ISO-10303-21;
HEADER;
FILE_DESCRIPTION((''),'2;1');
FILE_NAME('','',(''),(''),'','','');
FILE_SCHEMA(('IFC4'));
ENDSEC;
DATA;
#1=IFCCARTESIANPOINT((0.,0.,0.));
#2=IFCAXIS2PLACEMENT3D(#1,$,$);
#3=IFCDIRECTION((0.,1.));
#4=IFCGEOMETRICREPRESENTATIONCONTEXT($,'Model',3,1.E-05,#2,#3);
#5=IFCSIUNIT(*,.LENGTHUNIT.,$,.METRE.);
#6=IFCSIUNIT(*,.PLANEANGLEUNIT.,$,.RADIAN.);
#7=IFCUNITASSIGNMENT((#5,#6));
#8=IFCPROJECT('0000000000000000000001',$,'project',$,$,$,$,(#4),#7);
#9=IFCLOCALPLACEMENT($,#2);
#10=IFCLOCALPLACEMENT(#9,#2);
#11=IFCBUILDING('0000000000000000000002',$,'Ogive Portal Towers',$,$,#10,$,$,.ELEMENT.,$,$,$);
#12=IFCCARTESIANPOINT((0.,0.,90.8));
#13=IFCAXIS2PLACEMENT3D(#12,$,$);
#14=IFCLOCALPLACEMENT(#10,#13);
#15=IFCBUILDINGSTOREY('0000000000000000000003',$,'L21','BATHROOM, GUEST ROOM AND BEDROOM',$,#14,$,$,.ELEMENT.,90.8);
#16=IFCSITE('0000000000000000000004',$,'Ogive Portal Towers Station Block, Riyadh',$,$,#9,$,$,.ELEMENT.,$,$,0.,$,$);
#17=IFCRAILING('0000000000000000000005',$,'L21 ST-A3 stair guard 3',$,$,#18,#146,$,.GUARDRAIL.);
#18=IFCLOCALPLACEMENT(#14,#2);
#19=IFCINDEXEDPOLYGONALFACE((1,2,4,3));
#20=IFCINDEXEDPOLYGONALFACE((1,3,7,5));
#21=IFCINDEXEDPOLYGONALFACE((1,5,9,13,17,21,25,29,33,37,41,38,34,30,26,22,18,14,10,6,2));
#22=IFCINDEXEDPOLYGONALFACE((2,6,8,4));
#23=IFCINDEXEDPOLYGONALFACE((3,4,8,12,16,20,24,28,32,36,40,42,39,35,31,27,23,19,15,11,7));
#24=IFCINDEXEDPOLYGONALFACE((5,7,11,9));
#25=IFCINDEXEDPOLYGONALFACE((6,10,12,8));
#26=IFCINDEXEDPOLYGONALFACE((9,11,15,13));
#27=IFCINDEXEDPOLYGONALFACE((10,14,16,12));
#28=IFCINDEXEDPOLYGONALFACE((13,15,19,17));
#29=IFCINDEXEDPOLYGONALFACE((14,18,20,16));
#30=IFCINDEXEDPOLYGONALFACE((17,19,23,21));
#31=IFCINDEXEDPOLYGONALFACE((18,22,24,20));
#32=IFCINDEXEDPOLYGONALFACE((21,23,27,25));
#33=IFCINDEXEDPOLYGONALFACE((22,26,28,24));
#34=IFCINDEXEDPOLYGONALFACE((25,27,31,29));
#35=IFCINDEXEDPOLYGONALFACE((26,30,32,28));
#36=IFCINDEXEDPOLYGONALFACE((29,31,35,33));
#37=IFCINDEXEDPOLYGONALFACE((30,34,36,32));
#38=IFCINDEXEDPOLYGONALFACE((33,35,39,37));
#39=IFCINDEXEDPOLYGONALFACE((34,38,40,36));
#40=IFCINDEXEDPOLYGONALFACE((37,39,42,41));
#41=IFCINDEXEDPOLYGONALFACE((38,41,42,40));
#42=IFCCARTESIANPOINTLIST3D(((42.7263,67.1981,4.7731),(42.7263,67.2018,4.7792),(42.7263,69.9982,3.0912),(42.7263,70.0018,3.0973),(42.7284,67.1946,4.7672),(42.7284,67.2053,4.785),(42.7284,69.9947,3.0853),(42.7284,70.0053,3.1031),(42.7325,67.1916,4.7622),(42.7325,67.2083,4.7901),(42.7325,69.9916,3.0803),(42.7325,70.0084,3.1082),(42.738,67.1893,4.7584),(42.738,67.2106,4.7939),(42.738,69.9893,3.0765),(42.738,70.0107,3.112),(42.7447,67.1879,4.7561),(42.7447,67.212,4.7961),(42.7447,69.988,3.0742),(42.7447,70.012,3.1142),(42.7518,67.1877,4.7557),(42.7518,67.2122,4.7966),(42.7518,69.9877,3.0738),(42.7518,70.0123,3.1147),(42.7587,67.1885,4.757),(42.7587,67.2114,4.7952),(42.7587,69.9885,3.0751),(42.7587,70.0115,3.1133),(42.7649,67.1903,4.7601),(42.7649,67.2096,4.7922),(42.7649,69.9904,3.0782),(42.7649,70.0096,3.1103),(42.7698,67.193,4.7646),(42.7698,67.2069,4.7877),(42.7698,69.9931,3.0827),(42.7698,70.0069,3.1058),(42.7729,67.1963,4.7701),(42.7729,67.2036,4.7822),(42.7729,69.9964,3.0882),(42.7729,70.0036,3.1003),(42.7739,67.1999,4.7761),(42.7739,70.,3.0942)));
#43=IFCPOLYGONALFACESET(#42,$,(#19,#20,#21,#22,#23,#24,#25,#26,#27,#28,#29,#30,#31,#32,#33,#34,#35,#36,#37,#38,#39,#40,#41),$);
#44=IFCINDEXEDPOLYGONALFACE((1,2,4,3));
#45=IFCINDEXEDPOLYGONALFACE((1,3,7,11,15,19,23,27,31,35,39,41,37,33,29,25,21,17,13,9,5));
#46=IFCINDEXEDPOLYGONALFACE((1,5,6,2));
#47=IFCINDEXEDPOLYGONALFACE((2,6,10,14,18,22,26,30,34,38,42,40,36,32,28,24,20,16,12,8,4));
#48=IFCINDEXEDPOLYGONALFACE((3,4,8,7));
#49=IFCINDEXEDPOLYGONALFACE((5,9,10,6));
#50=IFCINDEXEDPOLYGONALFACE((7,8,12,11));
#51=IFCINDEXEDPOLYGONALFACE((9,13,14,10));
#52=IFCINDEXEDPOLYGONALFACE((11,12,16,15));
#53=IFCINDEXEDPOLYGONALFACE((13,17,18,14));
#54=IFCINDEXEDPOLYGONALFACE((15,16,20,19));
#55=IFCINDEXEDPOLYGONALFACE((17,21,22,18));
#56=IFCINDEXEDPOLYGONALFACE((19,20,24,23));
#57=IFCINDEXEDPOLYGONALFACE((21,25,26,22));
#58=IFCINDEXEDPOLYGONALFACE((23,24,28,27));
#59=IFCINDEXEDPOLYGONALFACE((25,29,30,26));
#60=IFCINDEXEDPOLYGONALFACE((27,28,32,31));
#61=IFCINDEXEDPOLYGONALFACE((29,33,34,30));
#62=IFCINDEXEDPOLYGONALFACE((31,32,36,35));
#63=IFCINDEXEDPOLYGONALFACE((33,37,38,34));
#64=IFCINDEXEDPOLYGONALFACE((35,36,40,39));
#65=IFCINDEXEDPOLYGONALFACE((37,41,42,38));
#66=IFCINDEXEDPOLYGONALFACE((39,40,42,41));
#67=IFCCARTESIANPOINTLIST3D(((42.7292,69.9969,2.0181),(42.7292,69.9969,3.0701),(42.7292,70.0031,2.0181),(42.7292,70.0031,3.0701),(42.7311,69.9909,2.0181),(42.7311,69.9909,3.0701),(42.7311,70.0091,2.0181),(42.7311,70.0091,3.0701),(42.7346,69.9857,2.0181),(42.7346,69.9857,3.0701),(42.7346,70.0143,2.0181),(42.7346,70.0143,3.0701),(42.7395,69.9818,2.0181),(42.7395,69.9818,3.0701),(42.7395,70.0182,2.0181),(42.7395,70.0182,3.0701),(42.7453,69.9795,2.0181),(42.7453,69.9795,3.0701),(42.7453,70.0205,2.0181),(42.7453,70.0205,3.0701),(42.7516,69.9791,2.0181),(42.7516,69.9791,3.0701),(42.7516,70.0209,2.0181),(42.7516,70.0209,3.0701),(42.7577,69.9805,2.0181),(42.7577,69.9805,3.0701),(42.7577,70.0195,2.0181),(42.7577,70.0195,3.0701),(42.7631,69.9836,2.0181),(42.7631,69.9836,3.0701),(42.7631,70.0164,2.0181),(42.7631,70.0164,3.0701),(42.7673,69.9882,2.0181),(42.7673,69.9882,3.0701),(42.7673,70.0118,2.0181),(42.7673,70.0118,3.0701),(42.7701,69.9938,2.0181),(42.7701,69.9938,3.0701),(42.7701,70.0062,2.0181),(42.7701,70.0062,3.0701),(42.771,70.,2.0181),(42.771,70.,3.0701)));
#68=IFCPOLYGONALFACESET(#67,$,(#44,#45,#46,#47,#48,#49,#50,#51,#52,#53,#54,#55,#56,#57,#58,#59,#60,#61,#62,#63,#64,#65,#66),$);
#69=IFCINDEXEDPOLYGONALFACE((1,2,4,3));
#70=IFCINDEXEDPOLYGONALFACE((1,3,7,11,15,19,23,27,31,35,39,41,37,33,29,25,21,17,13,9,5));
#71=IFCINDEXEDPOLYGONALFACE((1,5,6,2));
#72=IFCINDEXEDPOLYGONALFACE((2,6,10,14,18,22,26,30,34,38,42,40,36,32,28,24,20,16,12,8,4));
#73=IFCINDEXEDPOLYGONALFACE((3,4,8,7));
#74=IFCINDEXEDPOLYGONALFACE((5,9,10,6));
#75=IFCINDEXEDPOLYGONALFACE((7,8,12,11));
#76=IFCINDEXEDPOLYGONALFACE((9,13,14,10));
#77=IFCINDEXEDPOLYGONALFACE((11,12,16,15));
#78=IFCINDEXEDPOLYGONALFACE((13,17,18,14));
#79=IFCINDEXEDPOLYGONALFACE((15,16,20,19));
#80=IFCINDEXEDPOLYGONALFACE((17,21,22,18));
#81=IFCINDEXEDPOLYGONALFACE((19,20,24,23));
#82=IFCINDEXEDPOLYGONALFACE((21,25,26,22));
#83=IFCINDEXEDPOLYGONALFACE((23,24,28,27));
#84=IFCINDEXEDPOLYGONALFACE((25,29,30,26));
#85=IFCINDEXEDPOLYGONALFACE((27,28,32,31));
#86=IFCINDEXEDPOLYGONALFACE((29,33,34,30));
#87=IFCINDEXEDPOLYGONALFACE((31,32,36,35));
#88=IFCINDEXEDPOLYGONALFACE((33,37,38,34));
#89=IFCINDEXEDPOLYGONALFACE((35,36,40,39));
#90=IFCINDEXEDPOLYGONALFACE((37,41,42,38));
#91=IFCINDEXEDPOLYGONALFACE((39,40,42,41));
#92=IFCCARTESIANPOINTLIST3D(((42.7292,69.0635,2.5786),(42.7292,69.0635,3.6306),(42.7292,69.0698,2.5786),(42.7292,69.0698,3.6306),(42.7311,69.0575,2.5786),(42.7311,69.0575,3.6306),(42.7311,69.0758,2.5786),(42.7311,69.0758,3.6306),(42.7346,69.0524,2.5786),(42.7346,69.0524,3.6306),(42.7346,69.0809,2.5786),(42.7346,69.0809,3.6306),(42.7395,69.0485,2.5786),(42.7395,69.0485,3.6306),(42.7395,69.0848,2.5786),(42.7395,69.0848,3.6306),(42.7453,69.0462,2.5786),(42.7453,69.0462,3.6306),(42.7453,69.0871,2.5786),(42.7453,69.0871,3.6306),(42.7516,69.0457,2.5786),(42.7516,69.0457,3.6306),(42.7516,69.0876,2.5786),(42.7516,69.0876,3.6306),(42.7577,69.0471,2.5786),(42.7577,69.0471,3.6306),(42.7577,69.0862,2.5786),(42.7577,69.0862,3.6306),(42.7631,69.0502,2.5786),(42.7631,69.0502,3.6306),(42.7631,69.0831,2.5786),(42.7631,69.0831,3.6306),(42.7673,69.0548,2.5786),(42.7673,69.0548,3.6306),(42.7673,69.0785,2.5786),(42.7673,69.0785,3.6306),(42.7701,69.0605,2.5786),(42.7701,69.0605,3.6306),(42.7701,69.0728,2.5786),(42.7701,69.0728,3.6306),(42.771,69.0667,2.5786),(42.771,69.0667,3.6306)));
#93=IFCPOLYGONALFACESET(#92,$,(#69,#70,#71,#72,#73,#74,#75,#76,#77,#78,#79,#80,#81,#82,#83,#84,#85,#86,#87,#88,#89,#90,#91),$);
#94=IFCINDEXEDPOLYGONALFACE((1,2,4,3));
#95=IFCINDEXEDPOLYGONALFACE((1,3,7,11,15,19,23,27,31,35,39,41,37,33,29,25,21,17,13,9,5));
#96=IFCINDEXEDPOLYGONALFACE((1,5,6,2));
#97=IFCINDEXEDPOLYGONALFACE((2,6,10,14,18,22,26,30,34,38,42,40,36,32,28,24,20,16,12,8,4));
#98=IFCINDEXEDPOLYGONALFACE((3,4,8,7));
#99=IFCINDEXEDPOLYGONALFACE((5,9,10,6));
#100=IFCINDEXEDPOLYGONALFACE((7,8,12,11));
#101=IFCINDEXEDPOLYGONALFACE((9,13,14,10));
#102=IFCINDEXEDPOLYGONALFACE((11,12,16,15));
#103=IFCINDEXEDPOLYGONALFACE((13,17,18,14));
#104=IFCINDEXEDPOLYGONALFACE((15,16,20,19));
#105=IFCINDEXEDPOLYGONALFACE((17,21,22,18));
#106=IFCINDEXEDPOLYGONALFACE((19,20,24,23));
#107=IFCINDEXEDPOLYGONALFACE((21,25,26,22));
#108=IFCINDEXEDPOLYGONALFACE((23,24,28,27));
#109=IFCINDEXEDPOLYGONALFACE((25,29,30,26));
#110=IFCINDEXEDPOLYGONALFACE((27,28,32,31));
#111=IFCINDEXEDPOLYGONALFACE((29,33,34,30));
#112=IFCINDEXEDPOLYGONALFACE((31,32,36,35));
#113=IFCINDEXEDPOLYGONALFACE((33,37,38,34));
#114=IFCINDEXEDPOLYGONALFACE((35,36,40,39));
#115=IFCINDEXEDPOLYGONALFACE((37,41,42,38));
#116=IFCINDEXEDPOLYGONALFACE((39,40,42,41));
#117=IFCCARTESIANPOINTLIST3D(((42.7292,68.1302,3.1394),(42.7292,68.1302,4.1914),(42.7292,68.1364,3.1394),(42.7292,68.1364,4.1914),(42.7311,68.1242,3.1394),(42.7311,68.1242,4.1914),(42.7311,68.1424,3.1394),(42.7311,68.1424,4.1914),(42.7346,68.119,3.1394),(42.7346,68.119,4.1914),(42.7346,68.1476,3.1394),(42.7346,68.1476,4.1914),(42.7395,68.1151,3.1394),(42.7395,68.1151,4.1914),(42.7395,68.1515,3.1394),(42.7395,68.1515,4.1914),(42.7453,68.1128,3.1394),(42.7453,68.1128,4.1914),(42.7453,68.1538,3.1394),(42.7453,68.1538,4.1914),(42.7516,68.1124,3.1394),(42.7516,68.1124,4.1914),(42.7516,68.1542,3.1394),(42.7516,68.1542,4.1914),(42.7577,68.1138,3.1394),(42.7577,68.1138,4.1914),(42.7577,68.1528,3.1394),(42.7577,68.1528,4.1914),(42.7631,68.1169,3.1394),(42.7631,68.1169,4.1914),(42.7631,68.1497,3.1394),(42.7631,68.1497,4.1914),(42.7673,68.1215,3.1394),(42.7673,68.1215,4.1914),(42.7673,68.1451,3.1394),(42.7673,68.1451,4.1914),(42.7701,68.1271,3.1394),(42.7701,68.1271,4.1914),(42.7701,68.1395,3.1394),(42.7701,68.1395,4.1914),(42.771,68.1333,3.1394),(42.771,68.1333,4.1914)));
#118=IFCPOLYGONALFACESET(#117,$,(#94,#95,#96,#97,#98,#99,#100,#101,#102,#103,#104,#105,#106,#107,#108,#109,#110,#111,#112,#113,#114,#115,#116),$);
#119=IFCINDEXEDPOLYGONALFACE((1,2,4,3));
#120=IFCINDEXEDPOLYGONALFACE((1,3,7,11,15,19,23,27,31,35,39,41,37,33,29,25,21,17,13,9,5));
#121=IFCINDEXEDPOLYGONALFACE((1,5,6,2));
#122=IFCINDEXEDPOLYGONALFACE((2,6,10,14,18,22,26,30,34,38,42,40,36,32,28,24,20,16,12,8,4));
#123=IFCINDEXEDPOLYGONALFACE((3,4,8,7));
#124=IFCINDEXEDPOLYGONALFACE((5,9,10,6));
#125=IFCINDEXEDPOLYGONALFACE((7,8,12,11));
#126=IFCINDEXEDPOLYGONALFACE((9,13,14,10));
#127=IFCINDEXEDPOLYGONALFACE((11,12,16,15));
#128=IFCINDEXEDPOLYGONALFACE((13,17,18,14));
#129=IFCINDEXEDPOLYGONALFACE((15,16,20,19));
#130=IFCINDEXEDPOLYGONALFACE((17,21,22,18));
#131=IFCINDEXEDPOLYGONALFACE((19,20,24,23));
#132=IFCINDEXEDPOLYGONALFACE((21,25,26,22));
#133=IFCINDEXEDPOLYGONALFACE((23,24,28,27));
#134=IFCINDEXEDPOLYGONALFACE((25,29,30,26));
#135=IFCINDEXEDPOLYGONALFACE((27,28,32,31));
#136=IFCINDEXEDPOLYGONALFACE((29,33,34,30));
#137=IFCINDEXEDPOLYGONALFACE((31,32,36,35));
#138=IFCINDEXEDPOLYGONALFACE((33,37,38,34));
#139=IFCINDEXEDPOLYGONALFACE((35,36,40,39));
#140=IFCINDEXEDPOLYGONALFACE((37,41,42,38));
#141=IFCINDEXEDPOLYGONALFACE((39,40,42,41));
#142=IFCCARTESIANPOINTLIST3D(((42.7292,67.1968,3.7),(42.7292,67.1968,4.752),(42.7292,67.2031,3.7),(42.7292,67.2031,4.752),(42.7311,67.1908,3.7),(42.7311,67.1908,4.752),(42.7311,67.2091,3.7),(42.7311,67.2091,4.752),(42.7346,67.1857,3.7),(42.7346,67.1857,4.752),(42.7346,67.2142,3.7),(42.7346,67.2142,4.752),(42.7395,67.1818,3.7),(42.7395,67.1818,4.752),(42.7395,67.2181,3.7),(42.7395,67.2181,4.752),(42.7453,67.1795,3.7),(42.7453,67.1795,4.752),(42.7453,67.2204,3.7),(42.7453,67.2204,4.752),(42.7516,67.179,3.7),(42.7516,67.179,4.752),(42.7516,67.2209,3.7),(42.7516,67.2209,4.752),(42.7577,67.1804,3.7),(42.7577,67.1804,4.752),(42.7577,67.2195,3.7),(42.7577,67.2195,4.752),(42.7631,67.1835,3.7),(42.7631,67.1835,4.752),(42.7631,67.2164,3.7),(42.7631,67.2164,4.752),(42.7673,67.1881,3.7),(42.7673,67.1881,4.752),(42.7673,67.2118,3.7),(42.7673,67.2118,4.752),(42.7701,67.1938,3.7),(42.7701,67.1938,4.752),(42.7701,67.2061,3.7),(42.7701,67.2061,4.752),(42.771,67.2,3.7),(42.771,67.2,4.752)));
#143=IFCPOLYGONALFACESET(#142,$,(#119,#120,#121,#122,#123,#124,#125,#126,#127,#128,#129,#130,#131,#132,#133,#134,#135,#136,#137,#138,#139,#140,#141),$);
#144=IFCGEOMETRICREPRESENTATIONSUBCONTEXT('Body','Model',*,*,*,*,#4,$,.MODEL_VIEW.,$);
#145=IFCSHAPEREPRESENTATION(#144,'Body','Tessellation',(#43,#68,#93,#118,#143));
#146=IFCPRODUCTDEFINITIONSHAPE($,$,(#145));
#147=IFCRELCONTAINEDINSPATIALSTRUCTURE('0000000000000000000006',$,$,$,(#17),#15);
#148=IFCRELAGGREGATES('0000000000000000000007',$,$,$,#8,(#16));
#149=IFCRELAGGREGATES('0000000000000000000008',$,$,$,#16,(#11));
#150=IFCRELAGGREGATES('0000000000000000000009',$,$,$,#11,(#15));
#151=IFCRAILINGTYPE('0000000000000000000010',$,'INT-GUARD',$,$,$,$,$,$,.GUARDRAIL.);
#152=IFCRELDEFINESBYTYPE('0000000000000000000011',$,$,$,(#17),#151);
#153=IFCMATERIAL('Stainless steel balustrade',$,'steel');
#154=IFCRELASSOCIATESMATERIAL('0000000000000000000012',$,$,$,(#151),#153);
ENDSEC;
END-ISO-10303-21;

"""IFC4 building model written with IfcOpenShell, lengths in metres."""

from ifc_helpers import new_model, si_unit, direction, frame, origin, origin_2d, place, context, subcontext, project, spatial, circle, extrude, material, type_object, element, save


model = new_model("IFC4")

# Units and contexts
model_context = context("Model", 3, precision=1e-05, world=origin(), true_north=direction((0.0, 1.0)))
body_context = subcontext(model_context, "Body", "Model", "MODEL_VIEW")
ifc_project = project(units=[si_unit("LENGTHUNIT", "METRE"), si_unit("PLANEANGLEUNIT", "RADIAN")], contexts=[model_context])

# Site, building, storey
site_placement = place(None, origin())
site = spatial("IfcSite", under=ifc_project, at=site_placement, Name="Ogive Portal Towers Station Block, Riyadh", CompositionType="ELEMENT", RefElevation=0.0)
building_placement = place(site_placement, origin())
building = spatial("IfcBuilding", under=site, at=building_placement, Name="Ogive Portal Towers", CompositionType="ELEMENT")
storey_placement = place(building_placement, frame((0.0, 0.0, 90.8)))
storey = spatial("IfcBuildingStorey", under=building, at=storey_placement, Name="L21", Description="BATHROOM, GUEST ROOM AND BEDROOM", CompositionType="ELEMENT", Elevation=90.8)

# Railing
ifc_material_1 = material(Name="Stainless steel balustrade", Category="steel")
railing_type_1 = type_object("IfcRailingType", Name="INT-GUARD", PredefinedType="GUARDRAIL", material=ifc_material_1)
railing_1_placement = place(storey_placement, frame((42.75, 70.0, 2.0181)))
element("IfcRailing", 1, at=railing_1_placement, inside=storey, type_object=railing_type_1, Name="L21 ST-A3 stair guard 3", PredefinedType="GUARDRAIL", context=body_context, shape_type="SweptSolid", body=[
    extrude(circle(Radius=0.0239, at=origin_2d()), frame((0.0, 0.0, 1.0762), z_axis=(0.0, -0.857242, 0.514913), x_axis=(1.0, 0.0, 0.0)), (0.0, 0.0, 1.0), 3.2664),
    extrude(circle(Radius=0.021, at=origin_2d()), origin(), (0.0, 0.0, 1.0), 1.052),
    extrude(circle(Radius=0.021, at=origin_2d()), frame((0.0, -0.9333, 0.5605)), (0.0, 0.0, 1.0), 1.052),
    extrude(circle(Radius=0.021, at=origin_2d()), frame((0.0, -1.8667, 1.1213)), (0.0, 0.0, 1.0), 1.052),
    extrude(circle(Radius=0.021, at=origin_2d()), frame((0.0, -2.8, 1.6819)), (0.0, 0.0, 1.0), 1.052),
])

save(model, "model.ifc")
